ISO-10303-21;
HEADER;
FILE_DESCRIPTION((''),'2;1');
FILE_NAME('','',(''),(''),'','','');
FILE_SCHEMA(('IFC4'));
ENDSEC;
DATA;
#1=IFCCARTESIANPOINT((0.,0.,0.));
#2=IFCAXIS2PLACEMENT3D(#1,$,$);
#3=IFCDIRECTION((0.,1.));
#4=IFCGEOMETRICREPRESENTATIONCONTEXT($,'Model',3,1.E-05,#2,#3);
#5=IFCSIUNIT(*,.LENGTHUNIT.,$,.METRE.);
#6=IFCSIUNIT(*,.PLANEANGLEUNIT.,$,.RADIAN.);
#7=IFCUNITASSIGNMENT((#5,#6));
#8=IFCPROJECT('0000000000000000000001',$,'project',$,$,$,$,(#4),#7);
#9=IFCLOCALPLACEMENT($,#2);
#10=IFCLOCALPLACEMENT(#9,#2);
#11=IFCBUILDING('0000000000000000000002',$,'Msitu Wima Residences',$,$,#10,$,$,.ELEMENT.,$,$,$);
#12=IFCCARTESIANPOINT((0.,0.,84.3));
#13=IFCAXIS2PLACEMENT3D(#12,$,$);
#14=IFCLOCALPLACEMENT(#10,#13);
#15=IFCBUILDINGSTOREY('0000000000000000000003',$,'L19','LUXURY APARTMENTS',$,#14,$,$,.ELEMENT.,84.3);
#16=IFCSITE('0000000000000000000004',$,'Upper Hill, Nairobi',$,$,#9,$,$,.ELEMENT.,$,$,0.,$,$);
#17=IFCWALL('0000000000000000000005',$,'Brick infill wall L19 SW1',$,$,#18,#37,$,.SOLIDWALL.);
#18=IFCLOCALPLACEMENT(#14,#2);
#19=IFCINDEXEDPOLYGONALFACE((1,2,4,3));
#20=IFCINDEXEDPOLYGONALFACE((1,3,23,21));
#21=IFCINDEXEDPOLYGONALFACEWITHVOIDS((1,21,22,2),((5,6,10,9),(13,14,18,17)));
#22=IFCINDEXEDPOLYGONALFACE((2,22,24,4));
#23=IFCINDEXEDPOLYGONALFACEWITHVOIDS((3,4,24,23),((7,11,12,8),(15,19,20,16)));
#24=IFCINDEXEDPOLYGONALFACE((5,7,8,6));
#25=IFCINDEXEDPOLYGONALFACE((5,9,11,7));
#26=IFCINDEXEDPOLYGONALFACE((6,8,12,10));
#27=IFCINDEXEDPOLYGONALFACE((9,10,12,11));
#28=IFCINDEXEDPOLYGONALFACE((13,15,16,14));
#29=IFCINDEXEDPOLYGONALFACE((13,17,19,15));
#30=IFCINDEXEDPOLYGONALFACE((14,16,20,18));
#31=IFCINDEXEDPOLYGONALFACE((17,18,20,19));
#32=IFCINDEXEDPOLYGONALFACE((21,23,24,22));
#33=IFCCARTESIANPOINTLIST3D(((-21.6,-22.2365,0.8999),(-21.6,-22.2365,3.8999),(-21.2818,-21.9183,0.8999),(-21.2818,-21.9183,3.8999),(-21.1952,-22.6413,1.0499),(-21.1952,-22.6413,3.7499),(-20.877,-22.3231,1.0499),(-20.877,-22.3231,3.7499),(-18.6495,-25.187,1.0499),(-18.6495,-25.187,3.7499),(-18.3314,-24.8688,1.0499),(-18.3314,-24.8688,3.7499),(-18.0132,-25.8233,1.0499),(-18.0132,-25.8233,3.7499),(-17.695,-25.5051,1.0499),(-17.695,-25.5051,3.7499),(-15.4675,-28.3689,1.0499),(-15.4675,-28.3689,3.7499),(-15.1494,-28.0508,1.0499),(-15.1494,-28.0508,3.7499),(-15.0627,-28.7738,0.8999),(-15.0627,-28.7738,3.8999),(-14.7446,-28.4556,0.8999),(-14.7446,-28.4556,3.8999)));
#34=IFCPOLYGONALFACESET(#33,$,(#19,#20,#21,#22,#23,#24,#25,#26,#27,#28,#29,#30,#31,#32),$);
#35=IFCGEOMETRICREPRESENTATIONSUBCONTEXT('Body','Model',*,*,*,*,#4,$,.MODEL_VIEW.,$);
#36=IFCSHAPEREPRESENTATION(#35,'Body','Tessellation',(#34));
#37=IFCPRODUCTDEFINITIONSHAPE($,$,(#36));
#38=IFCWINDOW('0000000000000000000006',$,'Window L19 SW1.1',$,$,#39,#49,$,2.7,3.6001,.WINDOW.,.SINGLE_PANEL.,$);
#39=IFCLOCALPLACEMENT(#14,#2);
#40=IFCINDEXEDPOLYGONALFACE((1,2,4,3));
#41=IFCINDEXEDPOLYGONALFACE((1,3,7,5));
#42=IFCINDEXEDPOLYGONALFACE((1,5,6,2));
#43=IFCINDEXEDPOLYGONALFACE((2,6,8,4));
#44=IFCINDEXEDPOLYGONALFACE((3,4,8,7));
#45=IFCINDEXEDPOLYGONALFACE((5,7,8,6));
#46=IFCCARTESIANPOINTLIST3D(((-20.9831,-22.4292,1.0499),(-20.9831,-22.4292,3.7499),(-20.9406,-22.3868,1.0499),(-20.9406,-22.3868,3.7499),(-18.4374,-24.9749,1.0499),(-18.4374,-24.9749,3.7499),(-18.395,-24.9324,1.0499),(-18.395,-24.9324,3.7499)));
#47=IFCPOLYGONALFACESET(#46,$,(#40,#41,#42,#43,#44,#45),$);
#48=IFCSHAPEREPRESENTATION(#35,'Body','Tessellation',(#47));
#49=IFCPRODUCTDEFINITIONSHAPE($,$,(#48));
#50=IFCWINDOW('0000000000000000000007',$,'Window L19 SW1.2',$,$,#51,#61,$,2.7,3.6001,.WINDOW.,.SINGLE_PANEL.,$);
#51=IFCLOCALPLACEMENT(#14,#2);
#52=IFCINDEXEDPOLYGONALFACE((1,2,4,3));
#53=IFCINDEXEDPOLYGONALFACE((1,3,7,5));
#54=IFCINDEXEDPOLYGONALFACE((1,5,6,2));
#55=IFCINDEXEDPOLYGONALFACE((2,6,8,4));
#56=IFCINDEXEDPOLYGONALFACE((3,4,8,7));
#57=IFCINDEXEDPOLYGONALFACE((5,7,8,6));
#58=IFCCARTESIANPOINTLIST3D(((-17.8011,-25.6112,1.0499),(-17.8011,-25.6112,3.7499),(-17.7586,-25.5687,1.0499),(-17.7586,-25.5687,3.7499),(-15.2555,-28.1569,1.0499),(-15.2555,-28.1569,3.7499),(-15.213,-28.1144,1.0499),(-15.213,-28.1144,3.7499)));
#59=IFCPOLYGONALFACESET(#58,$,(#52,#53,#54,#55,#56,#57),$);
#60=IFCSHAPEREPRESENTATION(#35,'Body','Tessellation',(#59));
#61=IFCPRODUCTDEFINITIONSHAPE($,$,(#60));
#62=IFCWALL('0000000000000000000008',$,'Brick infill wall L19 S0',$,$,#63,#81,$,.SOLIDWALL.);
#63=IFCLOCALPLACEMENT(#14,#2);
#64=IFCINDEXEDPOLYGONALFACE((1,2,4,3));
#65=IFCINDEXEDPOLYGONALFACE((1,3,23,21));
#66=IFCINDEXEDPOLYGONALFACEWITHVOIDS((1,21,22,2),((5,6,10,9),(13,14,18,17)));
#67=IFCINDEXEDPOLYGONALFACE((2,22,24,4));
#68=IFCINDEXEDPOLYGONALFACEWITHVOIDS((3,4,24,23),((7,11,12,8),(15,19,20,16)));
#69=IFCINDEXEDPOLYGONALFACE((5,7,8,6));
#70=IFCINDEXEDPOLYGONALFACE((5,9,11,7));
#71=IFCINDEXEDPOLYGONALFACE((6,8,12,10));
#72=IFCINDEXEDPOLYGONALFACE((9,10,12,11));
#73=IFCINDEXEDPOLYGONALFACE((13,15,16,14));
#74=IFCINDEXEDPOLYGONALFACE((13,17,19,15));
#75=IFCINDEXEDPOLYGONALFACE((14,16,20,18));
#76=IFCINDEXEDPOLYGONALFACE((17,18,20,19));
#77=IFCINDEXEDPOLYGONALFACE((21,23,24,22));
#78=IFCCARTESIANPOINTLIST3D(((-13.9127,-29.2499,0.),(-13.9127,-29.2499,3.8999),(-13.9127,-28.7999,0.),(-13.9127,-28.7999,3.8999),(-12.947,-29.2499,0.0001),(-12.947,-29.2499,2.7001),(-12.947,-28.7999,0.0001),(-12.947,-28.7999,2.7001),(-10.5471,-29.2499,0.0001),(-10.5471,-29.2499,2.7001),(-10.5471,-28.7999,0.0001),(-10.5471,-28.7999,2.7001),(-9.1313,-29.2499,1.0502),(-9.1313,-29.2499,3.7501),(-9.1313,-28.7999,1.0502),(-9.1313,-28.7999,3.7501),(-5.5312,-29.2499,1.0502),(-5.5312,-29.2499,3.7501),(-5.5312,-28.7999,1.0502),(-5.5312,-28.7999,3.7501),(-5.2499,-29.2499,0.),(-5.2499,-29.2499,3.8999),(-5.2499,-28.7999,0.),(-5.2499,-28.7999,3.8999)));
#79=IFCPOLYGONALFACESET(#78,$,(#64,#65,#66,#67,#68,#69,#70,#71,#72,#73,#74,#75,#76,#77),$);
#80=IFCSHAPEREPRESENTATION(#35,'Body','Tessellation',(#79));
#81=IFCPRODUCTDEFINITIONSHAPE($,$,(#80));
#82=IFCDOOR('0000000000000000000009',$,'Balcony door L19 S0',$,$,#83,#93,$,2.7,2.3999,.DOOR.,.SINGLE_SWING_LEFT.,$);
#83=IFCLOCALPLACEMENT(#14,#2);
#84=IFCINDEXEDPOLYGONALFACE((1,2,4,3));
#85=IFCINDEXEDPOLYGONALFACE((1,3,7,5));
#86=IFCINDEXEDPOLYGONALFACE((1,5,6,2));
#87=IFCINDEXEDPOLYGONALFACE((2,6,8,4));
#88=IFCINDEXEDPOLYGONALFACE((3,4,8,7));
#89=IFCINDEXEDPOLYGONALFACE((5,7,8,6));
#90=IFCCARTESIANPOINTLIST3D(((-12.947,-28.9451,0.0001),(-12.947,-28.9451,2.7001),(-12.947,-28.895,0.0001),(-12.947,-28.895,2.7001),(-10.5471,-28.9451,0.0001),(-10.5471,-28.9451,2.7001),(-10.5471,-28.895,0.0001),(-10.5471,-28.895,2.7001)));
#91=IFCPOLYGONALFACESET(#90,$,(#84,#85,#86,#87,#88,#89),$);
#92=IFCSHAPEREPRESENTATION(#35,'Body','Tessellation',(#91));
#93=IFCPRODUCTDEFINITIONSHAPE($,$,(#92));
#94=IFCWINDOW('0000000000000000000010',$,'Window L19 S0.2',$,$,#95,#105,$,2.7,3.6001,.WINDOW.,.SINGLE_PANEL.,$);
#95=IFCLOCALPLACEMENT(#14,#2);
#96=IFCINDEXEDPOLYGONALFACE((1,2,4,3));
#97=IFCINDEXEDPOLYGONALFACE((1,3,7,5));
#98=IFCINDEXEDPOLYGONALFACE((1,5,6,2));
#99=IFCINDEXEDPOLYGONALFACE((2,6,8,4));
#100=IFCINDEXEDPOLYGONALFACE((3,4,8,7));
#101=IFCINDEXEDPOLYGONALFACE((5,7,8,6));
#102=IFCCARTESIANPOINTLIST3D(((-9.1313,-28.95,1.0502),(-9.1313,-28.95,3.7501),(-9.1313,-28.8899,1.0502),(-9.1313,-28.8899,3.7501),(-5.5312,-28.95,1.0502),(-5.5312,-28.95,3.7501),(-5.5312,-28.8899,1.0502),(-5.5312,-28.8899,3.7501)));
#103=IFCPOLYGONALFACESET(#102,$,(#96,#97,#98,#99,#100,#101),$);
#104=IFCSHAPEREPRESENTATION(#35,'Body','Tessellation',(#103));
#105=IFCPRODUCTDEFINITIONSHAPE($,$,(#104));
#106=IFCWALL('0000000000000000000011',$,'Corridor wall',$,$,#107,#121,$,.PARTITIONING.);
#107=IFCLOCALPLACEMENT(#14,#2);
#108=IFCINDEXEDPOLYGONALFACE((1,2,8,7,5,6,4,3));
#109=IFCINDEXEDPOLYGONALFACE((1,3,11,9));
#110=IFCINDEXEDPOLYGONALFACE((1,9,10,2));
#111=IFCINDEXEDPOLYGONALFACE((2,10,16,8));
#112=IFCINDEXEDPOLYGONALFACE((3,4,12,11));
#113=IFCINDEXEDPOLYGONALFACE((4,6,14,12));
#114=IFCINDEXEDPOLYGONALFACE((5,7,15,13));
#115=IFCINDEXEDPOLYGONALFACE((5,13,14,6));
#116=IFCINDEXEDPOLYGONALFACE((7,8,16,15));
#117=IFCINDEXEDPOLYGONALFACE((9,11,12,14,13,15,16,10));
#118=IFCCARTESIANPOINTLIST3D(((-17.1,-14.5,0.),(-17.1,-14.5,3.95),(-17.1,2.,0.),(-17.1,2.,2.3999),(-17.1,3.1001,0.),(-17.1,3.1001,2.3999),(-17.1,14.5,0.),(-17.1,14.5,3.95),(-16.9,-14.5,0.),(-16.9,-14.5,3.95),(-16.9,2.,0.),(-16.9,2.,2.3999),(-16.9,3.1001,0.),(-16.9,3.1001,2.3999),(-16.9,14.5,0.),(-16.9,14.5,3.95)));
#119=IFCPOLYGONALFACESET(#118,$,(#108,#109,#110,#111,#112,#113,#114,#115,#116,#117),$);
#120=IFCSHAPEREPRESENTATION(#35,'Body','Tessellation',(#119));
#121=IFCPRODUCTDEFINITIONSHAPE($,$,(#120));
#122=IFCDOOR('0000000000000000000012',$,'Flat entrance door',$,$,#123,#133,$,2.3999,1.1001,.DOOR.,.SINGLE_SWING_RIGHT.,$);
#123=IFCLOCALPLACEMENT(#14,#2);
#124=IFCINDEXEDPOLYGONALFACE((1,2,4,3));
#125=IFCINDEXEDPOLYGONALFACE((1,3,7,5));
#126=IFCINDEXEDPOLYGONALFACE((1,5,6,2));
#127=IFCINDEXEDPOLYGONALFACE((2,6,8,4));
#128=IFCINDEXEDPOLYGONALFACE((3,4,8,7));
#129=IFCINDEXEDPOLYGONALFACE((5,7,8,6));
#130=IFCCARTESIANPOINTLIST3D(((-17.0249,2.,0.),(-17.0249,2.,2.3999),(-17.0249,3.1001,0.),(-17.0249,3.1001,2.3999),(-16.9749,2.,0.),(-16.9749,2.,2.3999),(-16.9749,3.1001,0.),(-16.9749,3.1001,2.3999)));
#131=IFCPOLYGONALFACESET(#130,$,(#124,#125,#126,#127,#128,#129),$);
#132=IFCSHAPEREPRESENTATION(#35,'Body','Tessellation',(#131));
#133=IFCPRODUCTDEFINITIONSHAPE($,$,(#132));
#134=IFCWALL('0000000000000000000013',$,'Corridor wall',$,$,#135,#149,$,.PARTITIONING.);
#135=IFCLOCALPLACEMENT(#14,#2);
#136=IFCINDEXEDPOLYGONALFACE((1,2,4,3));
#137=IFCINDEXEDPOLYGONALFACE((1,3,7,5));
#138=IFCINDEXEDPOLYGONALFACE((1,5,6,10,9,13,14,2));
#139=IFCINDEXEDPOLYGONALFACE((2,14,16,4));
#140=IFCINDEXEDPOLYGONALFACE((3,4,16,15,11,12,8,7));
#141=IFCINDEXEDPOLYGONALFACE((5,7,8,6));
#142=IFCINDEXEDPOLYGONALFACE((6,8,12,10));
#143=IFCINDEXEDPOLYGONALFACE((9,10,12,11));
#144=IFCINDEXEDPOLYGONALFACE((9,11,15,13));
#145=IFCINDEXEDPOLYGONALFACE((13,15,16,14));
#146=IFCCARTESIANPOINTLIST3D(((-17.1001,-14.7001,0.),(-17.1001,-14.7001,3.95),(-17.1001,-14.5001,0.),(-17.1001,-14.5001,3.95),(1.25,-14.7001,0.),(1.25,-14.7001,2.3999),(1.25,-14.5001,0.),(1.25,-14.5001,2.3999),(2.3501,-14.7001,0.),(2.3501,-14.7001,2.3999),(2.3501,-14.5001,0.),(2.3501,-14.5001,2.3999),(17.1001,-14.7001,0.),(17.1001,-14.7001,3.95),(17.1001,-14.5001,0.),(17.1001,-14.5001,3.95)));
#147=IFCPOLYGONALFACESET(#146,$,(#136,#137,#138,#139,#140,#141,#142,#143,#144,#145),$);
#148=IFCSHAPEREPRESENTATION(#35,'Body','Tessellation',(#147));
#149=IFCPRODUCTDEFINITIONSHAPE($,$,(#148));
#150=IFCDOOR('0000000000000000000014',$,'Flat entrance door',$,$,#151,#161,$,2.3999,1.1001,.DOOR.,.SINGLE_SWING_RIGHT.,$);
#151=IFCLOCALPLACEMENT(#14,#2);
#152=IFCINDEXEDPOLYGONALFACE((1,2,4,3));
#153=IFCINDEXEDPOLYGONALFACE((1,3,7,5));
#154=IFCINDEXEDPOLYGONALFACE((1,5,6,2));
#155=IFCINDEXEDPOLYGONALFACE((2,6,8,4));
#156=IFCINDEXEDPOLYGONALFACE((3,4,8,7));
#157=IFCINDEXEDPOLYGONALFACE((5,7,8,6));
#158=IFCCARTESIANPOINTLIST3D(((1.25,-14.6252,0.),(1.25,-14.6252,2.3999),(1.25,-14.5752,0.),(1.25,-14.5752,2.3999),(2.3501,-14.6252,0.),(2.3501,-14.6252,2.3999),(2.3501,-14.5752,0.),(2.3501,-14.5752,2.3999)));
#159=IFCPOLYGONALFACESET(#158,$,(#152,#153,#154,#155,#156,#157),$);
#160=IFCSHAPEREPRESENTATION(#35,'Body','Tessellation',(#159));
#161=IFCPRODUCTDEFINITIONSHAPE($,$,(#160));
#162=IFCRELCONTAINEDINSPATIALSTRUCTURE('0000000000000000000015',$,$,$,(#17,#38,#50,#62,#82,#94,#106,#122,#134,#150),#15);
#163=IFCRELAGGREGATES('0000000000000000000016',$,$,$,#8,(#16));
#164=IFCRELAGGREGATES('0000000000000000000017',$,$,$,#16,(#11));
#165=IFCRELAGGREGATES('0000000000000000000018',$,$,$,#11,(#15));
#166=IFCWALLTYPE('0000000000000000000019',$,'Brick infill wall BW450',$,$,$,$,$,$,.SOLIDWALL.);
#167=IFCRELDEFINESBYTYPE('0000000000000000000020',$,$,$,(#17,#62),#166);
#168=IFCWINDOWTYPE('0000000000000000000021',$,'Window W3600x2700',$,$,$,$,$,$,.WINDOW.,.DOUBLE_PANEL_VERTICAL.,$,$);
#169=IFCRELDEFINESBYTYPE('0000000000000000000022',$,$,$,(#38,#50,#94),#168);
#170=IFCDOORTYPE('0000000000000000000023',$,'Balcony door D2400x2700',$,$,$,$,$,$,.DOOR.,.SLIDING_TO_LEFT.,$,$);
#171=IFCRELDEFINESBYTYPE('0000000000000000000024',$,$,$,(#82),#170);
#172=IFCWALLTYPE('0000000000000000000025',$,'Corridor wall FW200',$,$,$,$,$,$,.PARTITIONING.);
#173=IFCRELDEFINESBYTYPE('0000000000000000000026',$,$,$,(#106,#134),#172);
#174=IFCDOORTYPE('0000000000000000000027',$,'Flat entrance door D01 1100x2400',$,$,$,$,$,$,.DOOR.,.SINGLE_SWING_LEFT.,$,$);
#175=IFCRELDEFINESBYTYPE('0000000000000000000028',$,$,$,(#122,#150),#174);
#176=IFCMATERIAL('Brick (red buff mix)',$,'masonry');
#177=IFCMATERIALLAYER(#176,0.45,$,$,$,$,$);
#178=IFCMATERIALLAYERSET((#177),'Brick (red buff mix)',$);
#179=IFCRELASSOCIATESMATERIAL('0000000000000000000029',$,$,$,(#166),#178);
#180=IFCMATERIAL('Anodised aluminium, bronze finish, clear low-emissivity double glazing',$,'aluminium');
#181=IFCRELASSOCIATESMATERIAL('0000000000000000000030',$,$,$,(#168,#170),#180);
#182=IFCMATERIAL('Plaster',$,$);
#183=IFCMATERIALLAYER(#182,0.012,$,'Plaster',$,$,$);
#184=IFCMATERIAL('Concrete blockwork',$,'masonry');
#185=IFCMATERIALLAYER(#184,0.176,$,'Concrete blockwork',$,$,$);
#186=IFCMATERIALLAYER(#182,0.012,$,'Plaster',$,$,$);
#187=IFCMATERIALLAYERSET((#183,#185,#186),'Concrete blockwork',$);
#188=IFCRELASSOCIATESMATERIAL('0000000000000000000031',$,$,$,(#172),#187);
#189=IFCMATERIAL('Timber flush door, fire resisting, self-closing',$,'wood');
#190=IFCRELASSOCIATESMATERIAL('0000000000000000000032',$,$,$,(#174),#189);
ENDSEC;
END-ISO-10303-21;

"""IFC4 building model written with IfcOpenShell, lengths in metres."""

from ifc_helpers import new_model, si_unit, direction, frame, frame_2d, origin, place, context, subcontext, project, spatial, rectangle, extrude, material, layer, layer_set, type_object, element, fill, save


model = new_model("IFC4")

# Units and contexts
model_context = context("Model", 3, precision=1e-05, world=origin(), true_north=direction((0.0, 1.0)))
body_context = subcontext(model_context, "Body", "Model", "MODEL_VIEW")
ifc_project = project(units=[si_unit("LENGTHUNIT", "METRE"), si_unit("PLANEANGLEUNIT", "RADIAN")], contexts=[model_context])

# Site, building, storey
site_placement = place(None, origin())
site = spatial("IfcSite", under=ifc_project, at=site_placement, Name="Upper Hill, Nairobi", CompositionType="ELEMENT", RefElevation=0.0)
building_placement = place(site_placement, origin())
building = spatial("IfcBuilding", under=site, at=building_placement, Name="Msitu Wima Residences", CompositionType="ELEMENT")
storey_placement = place(building_placement, frame((0.0, 0.0, 84.3)))
storey = spatial("IfcBuildingStorey", under=building, at=storey_placement, Name="L19", Description="LUXURY APARTMENTS", CompositionType="ELEMENT", Elevation=84.3)

# Wall, openings, windows
ifc_material_1 = material(Name="Brick (red buff mix)", Category="masonry")
ifc_layer_1 = layer(ifc_material_1, 0.45)
ifc_layer_set_1 = layer_set([ifc_layer_1], Name="Brick (red buff mix)")
wall_type_1 = type_object("IfcWallType", Name="Brick infill wall BW450", PredefinedType="SOLIDWALL", material=ifc_layer_set_1)
ifc_material_2 = material(Name="Anodised aluminium, bronze finish, clear low-emissivity double glazing", Category="aluminium")
window_type = type_object("IfcWindowType", Name="Window W3600x2700", PartitioningType="DOUBLE_PANEL_VERTICAL", PredefinedType="WINDOW", material=ifc_material_2)
wall_1_placement = place(storey_placement, frame((-21.4409, -22.0774, 0.8999), z_axis=(0.0, 0.0, 1.0), x_axis=(0.707107, -0.707107, 0.0)))
wall_1 = element("IfcWall", 1, at=wall_1_placement, inside=storey, type_object=wall_type_1, Name="Brick infill wall L19 SW1", PredefinedType="SOLIDWALL", context=body_context, shape_type="SweptSolid", body=[
    extrude(rectangle(XDim=9.2451, YDim=0.45, at=frame_2d((4.6226, 0.0))), origin(), (0.0, 0.0, 1.0), 3.0),
])
opening_1_placement = place(wall_1_placement, frame((0.5725, 0.0, 0.1499)))
opening_1 = element("IfcOpeningElement", 2, at=opening_1_placement, cuts=wall_1, PredefinedType="OPENING", context=body_context, shape_type="SweptSolid", body=[
    extrude(rectangle(XDim=3.6001, YDim=2.7, at=frame_2d((1.8, 1.3501))), frame((0.0, 0.2349, 0.0), z_axis=(0.0, -1.0, 0.0), x_axis=(1.0, 0.0, 0.0)), (0.0, 0.0, 1.0), 0.47),
])
opening_2_placement = place(wall_1_placement, frame((5.0725, 0.0, 0.1499)))
opening_2 = element("IfcOpeningElement", 3, at=opening_2_placement, cuts=wall_1, PredefinedType="OPENING", context=body_context, shape_type="SweptSolid", body=[
    extrude(rectangle(XDim=3.6001, YDim=2.7, at=frame_2d((1.8, 1.3501))), frame((0.0, 0.2349, 0.0), z_axis=(0.0, -1.0, 0.0), x_axis=(1.0, 0.0, 0.0)), (0.0, 0.0, 1.0), 0.47),
])
window_1_placement = place(opening_1_placement, origin())
window_1 = element("IfcWindow", 4, at=window_1_placement, inside=storey, type_object=window_type, Name="Window L19 SW1.1", OverallHeight=2.7, OverallWidth=3.6001, PartitioningType="SINGLE_PANEL", PredefinedType="WINDOW", context=body_context, shape_type="SweptSolid", body=[
    extrude(rectangle(XDim=3.6001, YDim=2.7, at=frame_2d((1.8, 1.3501))), frame((0.0, 0.135, 0.0), z_axis=(0.0, -1.0, 0.0), x_axis=(1.0, 0.0, 0.0)), (0.0, 0.0, 1.0), 0.0601),
])
fill(opening_1, window_1)
window_2_placement = place(opening_2_placement, origin())
window_2 = element("IfcWindow", 5, at=window_2_placement, inside=storey, type_object=window_type, Name="Window L19 SW1.2", OverallHeight=2.7, OverallWidth=3.6001, PartitioningType="SINGLE_PANEL", PredefinedType="WINDOW", context=body_context, shape_type="SweptSolid", body=[
    extrude(rectangle(XDim=3.6001, YDim=2.7, at=frame_2d((1.8, 1.3501))), frame((0.0, 0.135, 0.0), z_axis=(0.0, -1.0, 0.0), x_axis=(1.0, 0.0, 0.0)), (0.0, 0.0, 1.0), 0.0601),
])
fill(opening_2, window_2)

# Wall, openings, door, window
wall_2_placement = place(storey_placement, frame((-13.9128, -29.0249, 0.0), z_axis=(0.0, 0.0, 1.0), x_axis=(1.0, 0.0, 0.0)))
wall_2 = element("IfcWall", 6, at=wall_2_placement, inside=storey, type_object=wall_type_1, Name="Brick infill wall L19 S0", PredefinedType="SOLIDWALL", context=body_context, shape_type="SweptSolid", body=[
    extrude(rectangle(XDim=8.6628, YDim=0.45, at=frame_2d((4.3315, 0.0))), origin(), (0.0, 0.0, 1.0), 3.8999),
])
opening_3_placement = place(wall_2_placement, frame((0.9658, 0.0, 0.0)))
opening_3 = element("IfcOpeningElement", 7, at=opening_3_placement, cuts=wall_2, PredefinedType="OPENING", context=body_context, shape_type="SweptSolid", body=[
    extrude(rectangle(XDim=2.3999, YDim=2.7, at=frame_2d((1.2, 1.3501))), frame((0.0, 0.2349, 0.0), z_axis=(0.0, -1.0, 0.0), x_axis=(1.0, 0.0, 0.0)), (0.0, 0.0, 1.0), 0.47),
])
opening_4_placement = place(wall_2_placement, frame((4.7815, 0.0, 1.05)))
opening_4 = element("IfcOpeningElement", 8, at=opening_4_placement, cuts=wall_2, PredefinedType="OPENING", context=body_context, shape_type="SweptSolid", body=[
    extrude(rectangle(XDim=3.6001, YDim=2.7, at=frame_2d((1.8, 1.3501))), frame((0.0, 0.2349, 0.0), z_axis=(0.0, -1.0, 0.0), x_axis=(1.0, 0.0, 0.0)), (0.0, 0.0, 1.0), 0.47),
])
door_type_1 = type_object("IfcDoorType", Name="Balcony door D2400x2700", OperationType="SLIDING_TO_LEFT", PredefinedType="DOOR", material=ifc_material_2)
door_1_placement = place(opening_3_placement, origin())
door_1 = element("IfcDoor", 9, at=door_1_placement, inside=storey, type_object=door_type_1, Name="Balcony door L19 S0", OperationType="SINGLE_SWING_LEFT", OverallHeight=2.7, OverallWidth=2.3999, PredefinedType="DOOR", context=body_context, shape_type="SweptSolid", body=[
    extrude(rectangle(XDim=2.3999, YDim=2.7, at=frame_2d((1.2, 1.3501))), frame((0.0, 0.1299, 0.0), z_axis=(0.0, -1.0, 0.0), x_axis=(1.0, 0.0, 0.0)), (0.0, 0.0, 1.0), 0.05),
])
fill(opening_3, door_1)
window_3_placement = place(opening_4_placement, origin())
window_3 = element("IfcWindow", 10, at=window_3_placement, inside=storey, type_object=window_type, Name="Window L19 S0.2", OverallHeight=2.7, OverallWidth=3.6001, PartitioningType="SINGLE_PANEL", PredefinedType="WINDOW", context=body_context, shape_type="SweptSolid", body=[
    extrude(rectangle(XDim=3.6001, YDim=2.7, at=frame_2d((1.8, 1.3501))), frame((0.0, 0.135, 0.0), z_axis=(0.0, -1.0, 0.0), x_axis=(1.0, 0.0, 0.0)), (0.0, 0.0, 1.0), 0.0601),
])
fill(opening_4, window_3)

# Walls, openings, doors
ifc_material_3 = material(Name="Plaster")
ifc_layer_2 = layer(ifc_material_3, 0.012, Name="Plaster")
ifc_material_4 = material(Name="Concrete blockwork", Category="masonry")
ifc_layer_3 = layer(ifc_material_4, 0.176, Name="Concrete blockwork")
ifc_layer_4 = layer(ifc_material_3, 0.012, Name="Plaster")
ifc_layer_set_2 = layer_set([ifc_layer_2, ifc_layer_3, ifc_layer_4], Name="Concrete blockwork")
wall_type_2 = type_object("IfcWallType", Name="Corridor wall FW200", PredefinedType="PARTITIONING", material=ifc_layer_set_2)
wall_3_placement = place(storey_placement, frame((-17.0, -14.5, 0.0), z_axis=(0.0, 0.0, 1.0), x_axis=(0.0, 1.0, 0.0)))
wall_3 = element("IfcWall", 11, at=wall_3_placement, inside=storey, type_object=wall_type_2, Name="Corridor wall", PredefinedType="PARTITIONING", context=body_context, shape_type="SweptSolid", body=[
    extrude(rectangle(XDim=29.0, YDim=0.2, at=frame_2d((14.5, 0.0))), origin(), (0.0, 0.0, 1.0), 3.95),
])
opening_5_placement = place(wall_3_placement, frame((16.5, 0.0, 0.0)))
opening_5 = element("IfcOpeningElement", 12, at=opening_5_placement, cuts=wall_3, PredefinedType="OPENING", context=body_context, shape_type="SweptSolid", body=[
    extrude(rectangle(XDim=1.1001, YDim=2.3999, at=frame_2d((0.55, 1.2))), frame((0.0, 0.1099, 0.0), z_axis=(0.0, -1.0, 0.0), x_axis=(1.0, 0.0, 0.0)), (0.0, 0.0, 1.0), 0.22),
])
ifc_material_5 = material(Name="Timber flush door, fire resisting, self-closing", Category="wood")
door_type_2 = type_object("IfcDoorType", Name="Flat entrance door D01 1100x2400", OperationType="SINGLE_SWING_LEFT", PredefinedType="DOOR", material=ifc_material_5)
door_2_placement = place(opening_5_placement, origin())
door_2 = element("IfcDoor", 13, at=door_2_placement, inside=storey, type_object=door_type_2, Name="Flat entrance door", OperationType="SINGLE_SWING_RIGHT", OverallHeight=2.3999, OverallWidth=1.1001, PredefinedType="DOOR", context=body_context, shape_type="SweptSolid", body=[
    extrude(rectangle(XDim=1.1001, YDim=2.3999, at=frame_2d((0.55, 1.2))), frame((0.0, 0.0249, 0.0), z_axis=(0.0, -1.0, 0.0), x_axis=(1.0, 0.0, 0.0)), (0.0, 0.0, 1.0), 0.05),
])
fill(opening_5, door_2)
wall_4_placement = place(storey_placement, frame((-17.1001, -14.6001, 0.0), z_axis=(0.0, 0.0, 1.0), x_axis=(1.0, 0.0, 0.0)))
wall_4 = element("IfcWall", 14, at=wall_4_placement, inside=storey, type_object=wall_type_2, Name="Corridor wall", PredefinedType="PARTITIONING", context=body_context, shape_type="SweptSolid", body=[
    extrude(rectangle(XDim=34.2002, YDim=0.2, at=frame_2d((17.1001, 0.0))), origin(), (0.0, 0.0, 1.0), 3.95),
])
opening_6_placement = place(wall_4_placement, frame((18.3501, 0.0, 0.0)))
opening_6 = element("IfcOpeningElement", 15, at=opening_6_placement, cuts=wall_4, PredefinedType="OPENING", context=body_context, shape_type="SweptSolid", body=[
    extrude(rectangle(XDim=1.1001, YDim=2.3999, at=frame_2d((0.55, 1.2))), frame((0.0, 0.1099, 0.0), z_axis=(0.0, -1.0, 0.0), x_axis=(1.0, 0.0, 0.0)), (0.0, 0.0, 1.0), 0.22),
])
door_3_placement = place(opening_6_placement, origin())
door_3 = element("IfcDoor", 16, at=door_3_placement, inside=storey, type_object=door_type_2, Name="Flat entrance door", OperationType="SINGLE_SWING_RIGHT", OverallHeight=2.3999, OverallWidth=1.1001, PredefinedType="DOOR", context=body_context, shape_type="SweptSolid", body=[
    extrude(rectangle(XDim=1.1001, YDim=2.3999, at=frame_2d((0.55, 1.2))), frame((0.0, 0.0249, 0.0), z_axis=(0.0, -1.0, 0.0), x_axis=(1.0, 0.0, 0.0)), (0.0, 0.0, 1.0), 0.05),
])
fill(opening_6, door_3)

save(model, "model.ifc")
